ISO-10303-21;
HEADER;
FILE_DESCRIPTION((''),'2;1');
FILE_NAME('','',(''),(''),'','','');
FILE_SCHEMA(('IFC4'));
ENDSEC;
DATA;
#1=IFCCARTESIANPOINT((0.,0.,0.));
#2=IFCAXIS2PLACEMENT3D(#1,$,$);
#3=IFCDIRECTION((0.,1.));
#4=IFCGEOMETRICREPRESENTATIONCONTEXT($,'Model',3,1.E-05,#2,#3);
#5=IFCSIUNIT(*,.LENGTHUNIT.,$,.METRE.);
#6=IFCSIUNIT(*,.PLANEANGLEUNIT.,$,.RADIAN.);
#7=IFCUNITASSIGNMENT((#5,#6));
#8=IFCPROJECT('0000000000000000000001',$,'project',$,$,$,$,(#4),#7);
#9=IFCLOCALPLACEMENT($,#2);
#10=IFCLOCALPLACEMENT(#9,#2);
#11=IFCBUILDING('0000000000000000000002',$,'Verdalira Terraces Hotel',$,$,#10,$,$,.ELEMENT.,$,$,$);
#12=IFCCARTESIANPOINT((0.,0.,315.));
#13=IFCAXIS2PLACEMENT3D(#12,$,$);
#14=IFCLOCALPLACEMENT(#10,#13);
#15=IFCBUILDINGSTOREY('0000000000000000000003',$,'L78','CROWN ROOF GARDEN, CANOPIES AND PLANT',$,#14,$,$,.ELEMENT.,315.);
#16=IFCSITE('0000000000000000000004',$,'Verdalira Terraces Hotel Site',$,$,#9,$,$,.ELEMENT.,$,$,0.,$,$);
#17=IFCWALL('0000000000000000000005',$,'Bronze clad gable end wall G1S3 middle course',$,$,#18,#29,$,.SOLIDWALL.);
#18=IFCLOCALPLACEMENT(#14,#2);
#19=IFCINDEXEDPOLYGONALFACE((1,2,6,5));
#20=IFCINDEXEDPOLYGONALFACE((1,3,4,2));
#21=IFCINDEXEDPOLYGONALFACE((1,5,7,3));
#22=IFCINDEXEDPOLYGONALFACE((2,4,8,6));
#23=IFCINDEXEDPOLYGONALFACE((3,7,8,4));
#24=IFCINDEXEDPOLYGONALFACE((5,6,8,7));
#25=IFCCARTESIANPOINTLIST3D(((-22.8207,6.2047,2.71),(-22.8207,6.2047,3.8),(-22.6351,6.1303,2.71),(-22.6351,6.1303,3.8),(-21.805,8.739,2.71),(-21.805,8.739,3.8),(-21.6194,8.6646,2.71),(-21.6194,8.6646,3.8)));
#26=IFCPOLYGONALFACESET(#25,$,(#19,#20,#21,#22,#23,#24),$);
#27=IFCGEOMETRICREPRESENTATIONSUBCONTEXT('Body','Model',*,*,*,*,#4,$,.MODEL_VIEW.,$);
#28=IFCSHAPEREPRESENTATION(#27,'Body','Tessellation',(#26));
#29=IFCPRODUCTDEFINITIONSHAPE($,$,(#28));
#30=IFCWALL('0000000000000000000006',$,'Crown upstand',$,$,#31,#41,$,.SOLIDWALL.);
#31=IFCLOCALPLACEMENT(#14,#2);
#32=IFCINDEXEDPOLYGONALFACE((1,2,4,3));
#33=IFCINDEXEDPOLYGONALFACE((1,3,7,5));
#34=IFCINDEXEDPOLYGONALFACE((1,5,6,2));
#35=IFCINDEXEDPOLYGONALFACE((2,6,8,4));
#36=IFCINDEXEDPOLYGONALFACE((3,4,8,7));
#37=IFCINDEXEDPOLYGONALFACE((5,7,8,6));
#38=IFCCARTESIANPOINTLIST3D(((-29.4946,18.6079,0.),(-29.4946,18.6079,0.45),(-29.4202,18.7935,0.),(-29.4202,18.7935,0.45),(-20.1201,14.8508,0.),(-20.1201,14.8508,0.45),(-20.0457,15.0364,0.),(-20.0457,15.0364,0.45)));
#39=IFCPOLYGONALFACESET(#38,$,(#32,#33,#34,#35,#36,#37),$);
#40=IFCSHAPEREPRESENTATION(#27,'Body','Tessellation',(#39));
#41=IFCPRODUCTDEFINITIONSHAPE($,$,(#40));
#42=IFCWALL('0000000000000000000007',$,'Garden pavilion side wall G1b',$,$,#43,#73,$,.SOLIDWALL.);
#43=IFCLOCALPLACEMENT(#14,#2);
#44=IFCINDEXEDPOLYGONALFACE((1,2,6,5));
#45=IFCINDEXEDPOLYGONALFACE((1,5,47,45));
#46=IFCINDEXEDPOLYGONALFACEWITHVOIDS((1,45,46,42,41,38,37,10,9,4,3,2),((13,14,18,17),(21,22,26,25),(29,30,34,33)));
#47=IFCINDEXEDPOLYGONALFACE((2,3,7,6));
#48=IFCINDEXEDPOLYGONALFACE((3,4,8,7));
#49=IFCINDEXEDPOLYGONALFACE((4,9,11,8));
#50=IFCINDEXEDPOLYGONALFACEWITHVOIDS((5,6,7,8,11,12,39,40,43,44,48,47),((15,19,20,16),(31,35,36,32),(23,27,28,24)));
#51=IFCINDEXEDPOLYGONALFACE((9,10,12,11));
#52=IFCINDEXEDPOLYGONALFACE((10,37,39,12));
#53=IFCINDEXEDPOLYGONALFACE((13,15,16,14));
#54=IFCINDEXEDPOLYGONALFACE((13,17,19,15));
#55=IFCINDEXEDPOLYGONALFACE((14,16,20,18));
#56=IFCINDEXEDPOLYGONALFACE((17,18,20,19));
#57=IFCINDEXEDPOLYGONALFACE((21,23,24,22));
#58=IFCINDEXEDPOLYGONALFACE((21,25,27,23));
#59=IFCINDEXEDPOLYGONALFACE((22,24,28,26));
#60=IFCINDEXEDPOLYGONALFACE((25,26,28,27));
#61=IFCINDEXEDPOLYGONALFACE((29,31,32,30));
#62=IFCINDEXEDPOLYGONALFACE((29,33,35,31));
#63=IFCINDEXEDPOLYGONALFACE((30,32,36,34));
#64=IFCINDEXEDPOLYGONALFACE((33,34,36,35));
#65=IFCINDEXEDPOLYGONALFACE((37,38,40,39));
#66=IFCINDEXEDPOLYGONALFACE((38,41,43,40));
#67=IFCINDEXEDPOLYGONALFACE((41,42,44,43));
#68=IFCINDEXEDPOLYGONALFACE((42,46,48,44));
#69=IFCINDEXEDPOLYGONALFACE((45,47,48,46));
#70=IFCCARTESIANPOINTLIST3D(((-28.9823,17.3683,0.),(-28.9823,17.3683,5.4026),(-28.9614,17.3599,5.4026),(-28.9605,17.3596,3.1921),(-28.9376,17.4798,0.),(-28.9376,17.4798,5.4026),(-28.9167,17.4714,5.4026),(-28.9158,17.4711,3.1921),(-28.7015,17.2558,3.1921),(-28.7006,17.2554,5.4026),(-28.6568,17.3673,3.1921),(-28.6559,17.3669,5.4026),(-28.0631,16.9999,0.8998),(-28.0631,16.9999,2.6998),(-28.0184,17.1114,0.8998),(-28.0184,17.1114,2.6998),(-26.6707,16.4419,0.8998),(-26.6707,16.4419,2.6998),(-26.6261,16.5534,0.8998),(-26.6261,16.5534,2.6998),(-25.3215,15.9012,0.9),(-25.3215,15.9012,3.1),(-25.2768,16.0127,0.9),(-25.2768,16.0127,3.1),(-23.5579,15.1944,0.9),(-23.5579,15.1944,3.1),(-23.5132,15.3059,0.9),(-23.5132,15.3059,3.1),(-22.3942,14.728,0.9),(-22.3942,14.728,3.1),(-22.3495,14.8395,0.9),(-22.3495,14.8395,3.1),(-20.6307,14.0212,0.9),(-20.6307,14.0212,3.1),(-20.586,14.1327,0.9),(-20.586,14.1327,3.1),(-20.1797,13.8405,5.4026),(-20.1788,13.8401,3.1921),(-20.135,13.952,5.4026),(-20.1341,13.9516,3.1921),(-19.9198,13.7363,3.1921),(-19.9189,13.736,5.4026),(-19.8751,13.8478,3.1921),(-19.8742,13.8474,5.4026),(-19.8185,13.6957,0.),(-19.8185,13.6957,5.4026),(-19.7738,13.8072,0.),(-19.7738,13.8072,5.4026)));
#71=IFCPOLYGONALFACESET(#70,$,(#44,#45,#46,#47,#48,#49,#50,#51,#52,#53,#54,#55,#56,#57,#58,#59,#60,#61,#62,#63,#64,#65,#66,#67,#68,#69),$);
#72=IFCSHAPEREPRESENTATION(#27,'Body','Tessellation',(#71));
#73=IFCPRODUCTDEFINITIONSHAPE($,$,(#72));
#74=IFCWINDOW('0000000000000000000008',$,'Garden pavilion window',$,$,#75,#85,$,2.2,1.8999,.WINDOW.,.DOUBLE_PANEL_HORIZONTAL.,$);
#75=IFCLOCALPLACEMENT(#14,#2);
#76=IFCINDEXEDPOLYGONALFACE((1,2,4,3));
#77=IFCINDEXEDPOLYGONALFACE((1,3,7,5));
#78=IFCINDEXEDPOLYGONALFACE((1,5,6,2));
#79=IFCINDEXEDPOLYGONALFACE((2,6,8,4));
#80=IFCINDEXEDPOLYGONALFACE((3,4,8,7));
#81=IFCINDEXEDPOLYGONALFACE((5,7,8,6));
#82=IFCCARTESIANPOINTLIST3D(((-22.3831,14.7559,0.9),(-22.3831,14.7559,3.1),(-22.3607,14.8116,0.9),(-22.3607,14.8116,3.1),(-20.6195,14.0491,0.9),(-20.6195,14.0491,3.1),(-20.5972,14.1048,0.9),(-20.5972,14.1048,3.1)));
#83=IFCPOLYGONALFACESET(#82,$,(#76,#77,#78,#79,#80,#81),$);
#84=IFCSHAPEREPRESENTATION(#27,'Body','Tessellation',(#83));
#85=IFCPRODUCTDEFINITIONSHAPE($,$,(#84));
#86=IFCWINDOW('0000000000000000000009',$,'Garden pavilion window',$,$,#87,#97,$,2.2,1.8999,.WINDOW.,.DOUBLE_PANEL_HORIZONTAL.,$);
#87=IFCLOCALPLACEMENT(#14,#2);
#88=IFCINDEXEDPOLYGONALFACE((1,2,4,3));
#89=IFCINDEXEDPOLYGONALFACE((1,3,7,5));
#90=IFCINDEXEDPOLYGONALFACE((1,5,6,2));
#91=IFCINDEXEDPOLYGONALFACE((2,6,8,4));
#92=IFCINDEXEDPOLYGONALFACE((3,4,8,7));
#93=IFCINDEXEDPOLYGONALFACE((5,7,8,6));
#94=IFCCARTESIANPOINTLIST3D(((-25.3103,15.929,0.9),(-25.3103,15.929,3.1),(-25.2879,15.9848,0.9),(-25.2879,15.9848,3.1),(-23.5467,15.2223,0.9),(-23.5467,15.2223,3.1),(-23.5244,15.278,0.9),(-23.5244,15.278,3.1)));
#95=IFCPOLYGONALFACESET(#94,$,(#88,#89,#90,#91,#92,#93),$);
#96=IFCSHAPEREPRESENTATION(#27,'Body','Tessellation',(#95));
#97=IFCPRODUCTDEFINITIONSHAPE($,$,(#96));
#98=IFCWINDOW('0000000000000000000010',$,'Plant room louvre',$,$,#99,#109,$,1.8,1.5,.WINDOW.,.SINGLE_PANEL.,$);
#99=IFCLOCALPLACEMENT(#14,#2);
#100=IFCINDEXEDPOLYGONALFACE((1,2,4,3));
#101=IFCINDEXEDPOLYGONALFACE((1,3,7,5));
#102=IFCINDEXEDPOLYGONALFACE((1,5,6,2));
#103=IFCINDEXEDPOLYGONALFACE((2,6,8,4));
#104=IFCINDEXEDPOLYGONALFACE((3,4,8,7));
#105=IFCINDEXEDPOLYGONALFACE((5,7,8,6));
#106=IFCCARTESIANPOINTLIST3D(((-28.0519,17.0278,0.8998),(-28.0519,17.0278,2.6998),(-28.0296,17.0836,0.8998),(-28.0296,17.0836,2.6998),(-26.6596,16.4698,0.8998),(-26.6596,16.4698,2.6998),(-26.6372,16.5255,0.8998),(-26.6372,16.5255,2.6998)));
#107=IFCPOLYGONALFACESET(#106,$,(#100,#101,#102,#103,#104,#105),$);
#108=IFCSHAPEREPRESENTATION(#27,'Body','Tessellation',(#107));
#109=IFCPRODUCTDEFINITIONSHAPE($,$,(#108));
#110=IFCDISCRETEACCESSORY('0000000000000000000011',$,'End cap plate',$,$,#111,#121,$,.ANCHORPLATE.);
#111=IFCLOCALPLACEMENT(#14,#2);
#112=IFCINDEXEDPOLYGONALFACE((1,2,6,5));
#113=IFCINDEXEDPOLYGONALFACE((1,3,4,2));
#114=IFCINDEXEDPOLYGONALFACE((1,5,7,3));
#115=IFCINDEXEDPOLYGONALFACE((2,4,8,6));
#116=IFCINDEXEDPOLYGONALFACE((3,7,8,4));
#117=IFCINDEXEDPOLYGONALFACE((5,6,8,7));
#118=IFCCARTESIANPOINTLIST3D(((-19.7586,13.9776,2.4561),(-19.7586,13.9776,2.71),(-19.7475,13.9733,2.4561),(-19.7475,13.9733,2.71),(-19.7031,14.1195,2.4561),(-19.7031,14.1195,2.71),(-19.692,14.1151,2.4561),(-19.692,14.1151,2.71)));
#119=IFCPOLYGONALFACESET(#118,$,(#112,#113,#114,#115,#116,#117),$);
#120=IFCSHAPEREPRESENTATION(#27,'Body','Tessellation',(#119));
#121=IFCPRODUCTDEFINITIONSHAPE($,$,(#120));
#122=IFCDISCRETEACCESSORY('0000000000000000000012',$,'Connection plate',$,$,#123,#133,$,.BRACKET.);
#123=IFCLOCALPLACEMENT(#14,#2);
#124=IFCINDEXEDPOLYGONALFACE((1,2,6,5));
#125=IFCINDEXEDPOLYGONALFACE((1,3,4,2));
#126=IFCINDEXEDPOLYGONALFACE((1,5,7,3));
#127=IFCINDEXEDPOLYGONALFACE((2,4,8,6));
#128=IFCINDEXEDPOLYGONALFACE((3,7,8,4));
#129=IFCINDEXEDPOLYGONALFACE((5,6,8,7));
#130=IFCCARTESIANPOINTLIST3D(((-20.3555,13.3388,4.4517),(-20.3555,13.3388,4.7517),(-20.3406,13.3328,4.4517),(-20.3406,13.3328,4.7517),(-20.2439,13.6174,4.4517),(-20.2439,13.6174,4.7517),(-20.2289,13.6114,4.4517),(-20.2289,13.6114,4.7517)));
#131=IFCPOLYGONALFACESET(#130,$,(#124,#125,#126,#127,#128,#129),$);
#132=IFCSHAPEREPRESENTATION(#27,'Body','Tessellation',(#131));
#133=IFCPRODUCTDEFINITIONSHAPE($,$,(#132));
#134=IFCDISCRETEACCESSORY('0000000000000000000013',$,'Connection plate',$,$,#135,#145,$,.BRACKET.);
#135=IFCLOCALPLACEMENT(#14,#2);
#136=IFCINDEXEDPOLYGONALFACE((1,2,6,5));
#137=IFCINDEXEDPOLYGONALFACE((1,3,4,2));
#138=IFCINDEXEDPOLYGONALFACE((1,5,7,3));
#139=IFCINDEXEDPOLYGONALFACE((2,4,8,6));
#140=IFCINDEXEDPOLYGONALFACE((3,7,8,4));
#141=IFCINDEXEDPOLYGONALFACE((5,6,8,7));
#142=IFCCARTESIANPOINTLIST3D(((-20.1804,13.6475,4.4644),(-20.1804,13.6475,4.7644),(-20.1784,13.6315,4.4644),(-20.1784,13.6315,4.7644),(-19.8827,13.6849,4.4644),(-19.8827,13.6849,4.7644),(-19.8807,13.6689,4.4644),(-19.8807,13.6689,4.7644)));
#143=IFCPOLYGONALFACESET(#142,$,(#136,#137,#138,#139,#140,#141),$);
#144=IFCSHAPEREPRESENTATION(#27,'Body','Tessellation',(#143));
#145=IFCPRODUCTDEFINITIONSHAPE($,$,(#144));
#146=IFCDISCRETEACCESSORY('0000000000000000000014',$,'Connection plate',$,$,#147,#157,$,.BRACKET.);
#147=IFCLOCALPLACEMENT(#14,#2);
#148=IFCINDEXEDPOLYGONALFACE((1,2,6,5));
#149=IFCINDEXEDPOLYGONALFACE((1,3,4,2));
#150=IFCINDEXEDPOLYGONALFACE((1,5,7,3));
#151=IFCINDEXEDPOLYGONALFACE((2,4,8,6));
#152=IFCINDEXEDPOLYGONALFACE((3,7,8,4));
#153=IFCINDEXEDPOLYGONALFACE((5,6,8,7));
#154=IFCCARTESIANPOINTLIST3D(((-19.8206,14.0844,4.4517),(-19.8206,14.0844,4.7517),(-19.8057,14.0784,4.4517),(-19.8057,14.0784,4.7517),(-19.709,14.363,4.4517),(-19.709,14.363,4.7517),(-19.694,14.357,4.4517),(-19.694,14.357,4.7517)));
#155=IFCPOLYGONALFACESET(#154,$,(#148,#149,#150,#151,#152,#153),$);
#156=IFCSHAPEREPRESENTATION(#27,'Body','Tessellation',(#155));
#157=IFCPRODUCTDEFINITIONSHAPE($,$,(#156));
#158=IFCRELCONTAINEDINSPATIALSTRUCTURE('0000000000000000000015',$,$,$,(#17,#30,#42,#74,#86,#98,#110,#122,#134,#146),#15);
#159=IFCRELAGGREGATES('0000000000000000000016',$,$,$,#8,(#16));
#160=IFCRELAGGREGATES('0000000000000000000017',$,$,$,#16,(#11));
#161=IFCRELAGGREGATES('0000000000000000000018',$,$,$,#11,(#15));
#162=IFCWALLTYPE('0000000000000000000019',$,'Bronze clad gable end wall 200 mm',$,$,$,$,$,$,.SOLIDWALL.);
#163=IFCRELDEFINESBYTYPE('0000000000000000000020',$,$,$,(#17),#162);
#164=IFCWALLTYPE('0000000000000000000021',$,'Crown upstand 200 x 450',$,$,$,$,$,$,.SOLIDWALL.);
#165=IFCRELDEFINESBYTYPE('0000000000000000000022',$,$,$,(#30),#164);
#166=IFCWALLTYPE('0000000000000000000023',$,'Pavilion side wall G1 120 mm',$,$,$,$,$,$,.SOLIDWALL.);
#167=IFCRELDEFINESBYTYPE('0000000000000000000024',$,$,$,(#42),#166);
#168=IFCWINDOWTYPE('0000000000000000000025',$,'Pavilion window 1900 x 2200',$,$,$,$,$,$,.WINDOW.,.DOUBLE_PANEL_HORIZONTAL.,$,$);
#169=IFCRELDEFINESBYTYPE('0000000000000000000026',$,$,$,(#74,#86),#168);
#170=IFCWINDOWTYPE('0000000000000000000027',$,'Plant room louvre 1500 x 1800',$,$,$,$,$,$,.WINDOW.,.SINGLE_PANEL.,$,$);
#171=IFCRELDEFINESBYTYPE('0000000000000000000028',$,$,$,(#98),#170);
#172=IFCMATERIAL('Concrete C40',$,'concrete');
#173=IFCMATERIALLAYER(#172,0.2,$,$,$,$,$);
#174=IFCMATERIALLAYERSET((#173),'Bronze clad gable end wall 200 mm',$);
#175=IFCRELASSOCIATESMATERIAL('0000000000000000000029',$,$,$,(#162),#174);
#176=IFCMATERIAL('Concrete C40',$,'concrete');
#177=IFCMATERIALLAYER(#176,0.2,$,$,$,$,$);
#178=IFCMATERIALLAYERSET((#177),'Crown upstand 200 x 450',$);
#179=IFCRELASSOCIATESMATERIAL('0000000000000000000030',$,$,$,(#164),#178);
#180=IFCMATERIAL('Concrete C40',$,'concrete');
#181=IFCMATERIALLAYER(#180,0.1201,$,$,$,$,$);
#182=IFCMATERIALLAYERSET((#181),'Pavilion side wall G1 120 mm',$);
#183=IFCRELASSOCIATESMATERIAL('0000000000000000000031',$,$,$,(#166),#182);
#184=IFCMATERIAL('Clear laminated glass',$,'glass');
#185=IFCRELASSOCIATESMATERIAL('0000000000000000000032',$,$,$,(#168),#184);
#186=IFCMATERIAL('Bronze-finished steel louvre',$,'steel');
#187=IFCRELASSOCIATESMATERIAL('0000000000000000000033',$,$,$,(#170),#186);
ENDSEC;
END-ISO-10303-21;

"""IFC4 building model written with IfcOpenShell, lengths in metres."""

from ifc_helpers import new_model, si_unit, direction, frame, frame_2d, origin, origin_2d, place, context, subcontext, project, spatial, polyline, rectangle, outline, extrude, material, layer, layer_set, type_object, element, fill, save


model = new_model("IFC4")

# Units and contexts
model_context = context("Model", 3, precision=1e-05, world=origin(), true_north=direction((0.0, 1.0)))
body_context = subcontext(model_context, "Body", "Model", "MODEL_VIEW")
ifc_project = project(units=[si_unit("LENGTHUNIT", "METRE"), si_unit("PLANEANGLEUNIT", "RADIAN")], contexts=[model_context])

# Site, building, storey
site_placement = place(None, origin())
site = spatial("IfcSite", under=ifc_project, at=site_placement, Name="Verdalira Terraces Hotel Site", CompositionType="ELEMENT", RefElevation=0.0)
building_placement = place(site_placement, origin())
building = spatial("IfcBuilding", under=site, at=building_placement, Name="Verdalira Terraces Hotel", CompositionType="ELEMENT")
storey_placement = place(building_placement, frame((0.0, 0.0, 315.0)))
storey = spatial("IfcBuildingStorey", under=building, at=storey_placement, Name="L78", Description="CROWN ROOF GARDEN, CANOPIES AND PLANT", CompositionType="ELEMENT", Elevation=315.0)

# Shared definitions
ifc_material_1 = material(Name="Concrete C40", Category="concrete")
ifc_layer_1 = layer(ifc_material_1, 0.2)
ifc_layer_set_1 = layer_set([ifc_layer_1], Name="Bronze clad gable end wall 200 mm")
wall_type_1 = type_object("IfcWallType", Name="Bronze clad gable end wall 200 mm", PredefinedType="SOLIDWALL", material=ifc_layer_set_1)

# Walls
wall_1_placement = place(storey_placement, frame((-21.7122, 8.7019, 2.71), z_axis=(0.0, 0.0, 1.0), x_axis=(-0.372007, -0.92823, 0.0)))
element("IfcWall", 1, at=wall_1_placement, inside=storey, type_object=wall_type_1, Name="Bronze clad gable end wall G1S3 middle course", PredefinedType="SOLIDWALL", context=body_context, shape_type="SweptSolid", body=[
    extrude(rectangle(XDim=2.7302, YDim=0.2, at=frame_2d((1.3652, 0.0))), origin(), (0.0, 0.0, 1.0), 1.0901),
])
ifc_material_2 = material(Name="Concrete C40", Category="concrete")
ifc_layer_2 = layer(ifc_material_2, 0.2)
ifc_layer_set_2 = layer_set([ifc_layer_2], Name="Crown upstand 200 x 450")
wall_type_2 = type_object("IfcWallType", Name="Crown upstand 200 x 450", PredefinedType="SOLIDWALL", material=ifc_layer_set_2)
wall_2_placement = place(storey_placement, frame((-20.0828, 14.9436, 0.0), z_axis=(0.0, 0.0, 1.0), x_axis=(-0.928228, 0.372012, 0.0)))
element("IfcWall", 2, at=wall_2_placement, inside=storey, type_object=wall_type_2, Name="Crown upstand", PredefinedType="SOLIDWALL", context=body_context, shape_type="SweptSolid", body=[
    extrude(rectangle(XDim=10.0994, YDim=0.2, at=frame_2d((5.0498, 0.0))), origin(), (0.0, 0.0, 1.0), 0.45),
])

# Wall, openings, windows
ifc_material_3 = material(Name="Concrete C40", Category="concrete")
ifc_layer_3 = layer(ifc_material_3, 0.1201)
ifc_layer_set_3 = layer_set([ifc_layer_3], Name="Pavilion side wall G1 120 mm")
wall_type_3 = type_object("IfcWallType", Name="Pavilion side wall G1 120 mm", PredefinedType="SOLIDWALL", material=ifc_layer_set_3)
wall_3_placement = place(storey_placement, frame((-19.7961, 13.7515, 0.0), z_axis=(0.0, 0.0, 1.0), x_axis=(-0.928229, 0.372009, 0.0)))
wall_3 = element("IfcWall", 3, at=wall_3_placement, inside=storey, type_object=wall_type_3, Name="Garden pavilion side wall G1b", PredefinedType="SOLIDWALL", context=body_context, shape_type="SweptSolid", body=[
    extrude(outline(polyline([(0.0, 0.0), (9.8723, 0.0), (9.8723, 5.4026), (9.8499, 5.4026), (9.8489, 3.1921), (9.5698, 3.1921), (9.5688, 5.4026), (0.3892, 5.4026), (0.3882, 3.1921), (0.1091, 3.1921), (0.1082, 5.4026), (0.0, 5.4026), (0.0, 0.0)])), frame((0.0, 0.0601, 0.0), z_axis=(0.0, -1.0, 0.0), x_axis=(1.0, 0.0, 0.0)), (0.0, 0.0, 1.0), 0.1201),
])
opening_1_placement = place(wall_3_placement, frame((0.875, 0.0, 0.8999)))
opening_1 = element("IfcOpeningElement", 4, at=opening_1_placement, cuts=wall_3, PredefinedType="OPENING", context=body_context, shape_type="SweptSolid", body=[
    extrude(rectangle(XDim=1.8999, YDim=2.2, at=frame_2d((0.95, 1.1001))), frame((0.0, 0.0701, 0.0), z_axis=(0.0, -1.0, 0.0), x_axis=(1.0, 0.0, 0.0)), (0.0, 0.0, 1.0), 0.1401),
])
opening_2_placement = place(wall_3_placement, frame((4.0286, 0.0, 0.8999)))
opening_2 = element("IfcOpeningElement", 5, at=opening_2_placement, cuts=wall_3, PredefinedType="OPENING", context=body_context, shape_type="SweptSolid", body=[
    extrude(rectangle(XDim=1.8999, YDim=2.2, at=frame_2d((0.95, 1.1001))), frame((0.0, 0.0701, 0.0), z_axis=(0.0, -1.0, 0.0), x_axis=(1.0, 0.0, 0.0)), (0.0, 0.0, 1.0), 0.1401),
])
opening_3_placement = place(wall_3_placement, frame((7.3821, 0.0, 0.8999)))
opening_3 = element("IfcOpeningElement", 6, at=opening_3_placement, cuts=wall_3, PredefinedType="OPENING", context=body_context, shape_type="SweptSolid", body=[
    extrude(rectangle(XDim=1.5, YDim=1.8, at=frame_2d((0.75, 0.8999))), frame((0.0, 0.0701, 0.0), z_axis=(0.0, -1.0, 0.0), x_axis=(1.0, 0.0, 0.0)), (0.0, 0.0, 1.0), 0.1401),
])
ifc_material_4 = material(Name="Clear laminated glass", Category="glass")
window_type_1 = type_object("IfcWindowType", Name="Pavilion window 1900 x 2200", PartitioningType="DOUBLE_PANEL_HORIZONTAL", PredefinedType="WINDOW", material=ifc_material_4)
window_1_placement = place(opening_1_placement, origin())
window_1 = element("IfcWindow", 7, at=window_1_placement, inside=storey, type_object=window_type_1, Name="Garden pavilion window", OverallHeight=2.2, OverallWidth=1.8999, PartitioningType="DOUBLE_PANEL_HORIZONTAL", PredefinedType="WINDOW", context=body_context, shape_type="SweptSolid", body=[
    extrude(rectangle(XDim=1.8999, YDim=2.2, at=frame_2d((0.95, 1.1001))), frame((0.0, 0.03, 0.0), z_axis=(0.0, -1.0, 0.0), x_axis=(1.0, 0.0, 0.0)), (0.0, 0.0, 1.0), 0.0601),
])
fill(opening_1, window_1)
window_2_placement = place(opening_2_placement, origin())
window_2 = element("IfcWindow", 8, at=window_2_placement, inside=storey, type_object=window_type_1, Name="Garden pavilion window", OverallHeight=2.2, OverallWidth=1.8999, PartitioningType="DOUBLE_PANEL_HORIZONTAL", PredefinedType="WINDOW", context=body_context, shape_type="SweptSolid", body=[
    extrude(rectangle(XDim=1.8999, YDim=2.2, at=frame_2d((0.95, 1.1001))), frame((0.0, 0.03, 0.0), z_axis=(0.0, -1.0, 0.0), x_axis=(1.0, 0.0, 0.0)), (0.0, 0.0, 1.0), 0.0601),
])
fill(opening_2, window_2)
ifc_material_5 = material(Name="Bronze-finished steel louvre", Category="steel")
window_type_2 = type_object("IfcWindowType", Name="Plant room louvre 1500 x 1800", PartitioningType="SINGLE_PANEL", PredefinedType="WINDOW", material=ifc_material_5)
window_3_placement = place(opening_3_placement, origin())
window_3 = element("IfcWindow", 9, at=window_3_placement, inside=storey, type_object=window_type_2, Name="Plant room louvre", OverallHeight=1.8, OverallWidth=1.5, PartitioningType="SINGLE_PANEL", PredefinedType="WINDOW", context=body_context, shape_type="SweptSolid", body=[
    extrude(rectangle(XDim=1.5, YDim=1.8, at=frame_2d((0.75, 0.8999))), frame((0.0, 0.03, 0.0), z_axis=(0.0, -1.0, 0.0), x_axis=(1.0, 0.0, 0.0)), (0.0, 0.0, 1.0), 0.0601),
])
fill(opening_3, window_3)

# Discrete accessories
discrete_accessory_placement = place(storey_placement, frame((-19.7197, 14.0442, 2.583), z_axis=(-0.931243, 0.364399, 0.0), x_axis=(-0.364399, -0.931243, 0.0)))
element("IfcDiscreteAccessory", 10, at=discrete_accessory_placement, inside=storey, Name="End cap plate", PredefinedType="ANCHORPLATE", context=body_context, shape_type="SweptSolid", body=[
    extrude(rectangle(XDim=0.1523, YDim=0.2539, at=origin_2d()), origin(), (0.0, 0.0, 1.0), 0.012),
])
for number, where, z_axis, x_axis, name in (
    (11, (-20.2922, 13.4751, 4.4517), (0.0, 0.0, 1.0), (0.372016, 0.928226, 0.0), "Connection plate"),
    (12, (-20.0305, 13.6582, 4.4644), (0.0, 0.0, 1.0), (-0.992216, -0.12453, 0.0), "Connection plate"),
    (13, (-19.7573, 14.2207, 4.4517), (0.0, 0.0, 1.0), (-0.372016, -0.928226, 0.0), "Connection plate"),
):
    element("IfcDiscreteAccessory", number, at=place(storey_placement, frame(where, z_axis=z_axis, x_axis=x_axis)), inside=storey, Name=name, PredefinedType="BRACKET", context=body_context, shape_type="SweptSolid", body=[
        extrude(rectangle(XDim=0.3, YDim=0.0161, at=origin_2d()), origin(), (0.0, 0.0, 1.0), 0.3),
    ])

save(model, "model.ifc")
